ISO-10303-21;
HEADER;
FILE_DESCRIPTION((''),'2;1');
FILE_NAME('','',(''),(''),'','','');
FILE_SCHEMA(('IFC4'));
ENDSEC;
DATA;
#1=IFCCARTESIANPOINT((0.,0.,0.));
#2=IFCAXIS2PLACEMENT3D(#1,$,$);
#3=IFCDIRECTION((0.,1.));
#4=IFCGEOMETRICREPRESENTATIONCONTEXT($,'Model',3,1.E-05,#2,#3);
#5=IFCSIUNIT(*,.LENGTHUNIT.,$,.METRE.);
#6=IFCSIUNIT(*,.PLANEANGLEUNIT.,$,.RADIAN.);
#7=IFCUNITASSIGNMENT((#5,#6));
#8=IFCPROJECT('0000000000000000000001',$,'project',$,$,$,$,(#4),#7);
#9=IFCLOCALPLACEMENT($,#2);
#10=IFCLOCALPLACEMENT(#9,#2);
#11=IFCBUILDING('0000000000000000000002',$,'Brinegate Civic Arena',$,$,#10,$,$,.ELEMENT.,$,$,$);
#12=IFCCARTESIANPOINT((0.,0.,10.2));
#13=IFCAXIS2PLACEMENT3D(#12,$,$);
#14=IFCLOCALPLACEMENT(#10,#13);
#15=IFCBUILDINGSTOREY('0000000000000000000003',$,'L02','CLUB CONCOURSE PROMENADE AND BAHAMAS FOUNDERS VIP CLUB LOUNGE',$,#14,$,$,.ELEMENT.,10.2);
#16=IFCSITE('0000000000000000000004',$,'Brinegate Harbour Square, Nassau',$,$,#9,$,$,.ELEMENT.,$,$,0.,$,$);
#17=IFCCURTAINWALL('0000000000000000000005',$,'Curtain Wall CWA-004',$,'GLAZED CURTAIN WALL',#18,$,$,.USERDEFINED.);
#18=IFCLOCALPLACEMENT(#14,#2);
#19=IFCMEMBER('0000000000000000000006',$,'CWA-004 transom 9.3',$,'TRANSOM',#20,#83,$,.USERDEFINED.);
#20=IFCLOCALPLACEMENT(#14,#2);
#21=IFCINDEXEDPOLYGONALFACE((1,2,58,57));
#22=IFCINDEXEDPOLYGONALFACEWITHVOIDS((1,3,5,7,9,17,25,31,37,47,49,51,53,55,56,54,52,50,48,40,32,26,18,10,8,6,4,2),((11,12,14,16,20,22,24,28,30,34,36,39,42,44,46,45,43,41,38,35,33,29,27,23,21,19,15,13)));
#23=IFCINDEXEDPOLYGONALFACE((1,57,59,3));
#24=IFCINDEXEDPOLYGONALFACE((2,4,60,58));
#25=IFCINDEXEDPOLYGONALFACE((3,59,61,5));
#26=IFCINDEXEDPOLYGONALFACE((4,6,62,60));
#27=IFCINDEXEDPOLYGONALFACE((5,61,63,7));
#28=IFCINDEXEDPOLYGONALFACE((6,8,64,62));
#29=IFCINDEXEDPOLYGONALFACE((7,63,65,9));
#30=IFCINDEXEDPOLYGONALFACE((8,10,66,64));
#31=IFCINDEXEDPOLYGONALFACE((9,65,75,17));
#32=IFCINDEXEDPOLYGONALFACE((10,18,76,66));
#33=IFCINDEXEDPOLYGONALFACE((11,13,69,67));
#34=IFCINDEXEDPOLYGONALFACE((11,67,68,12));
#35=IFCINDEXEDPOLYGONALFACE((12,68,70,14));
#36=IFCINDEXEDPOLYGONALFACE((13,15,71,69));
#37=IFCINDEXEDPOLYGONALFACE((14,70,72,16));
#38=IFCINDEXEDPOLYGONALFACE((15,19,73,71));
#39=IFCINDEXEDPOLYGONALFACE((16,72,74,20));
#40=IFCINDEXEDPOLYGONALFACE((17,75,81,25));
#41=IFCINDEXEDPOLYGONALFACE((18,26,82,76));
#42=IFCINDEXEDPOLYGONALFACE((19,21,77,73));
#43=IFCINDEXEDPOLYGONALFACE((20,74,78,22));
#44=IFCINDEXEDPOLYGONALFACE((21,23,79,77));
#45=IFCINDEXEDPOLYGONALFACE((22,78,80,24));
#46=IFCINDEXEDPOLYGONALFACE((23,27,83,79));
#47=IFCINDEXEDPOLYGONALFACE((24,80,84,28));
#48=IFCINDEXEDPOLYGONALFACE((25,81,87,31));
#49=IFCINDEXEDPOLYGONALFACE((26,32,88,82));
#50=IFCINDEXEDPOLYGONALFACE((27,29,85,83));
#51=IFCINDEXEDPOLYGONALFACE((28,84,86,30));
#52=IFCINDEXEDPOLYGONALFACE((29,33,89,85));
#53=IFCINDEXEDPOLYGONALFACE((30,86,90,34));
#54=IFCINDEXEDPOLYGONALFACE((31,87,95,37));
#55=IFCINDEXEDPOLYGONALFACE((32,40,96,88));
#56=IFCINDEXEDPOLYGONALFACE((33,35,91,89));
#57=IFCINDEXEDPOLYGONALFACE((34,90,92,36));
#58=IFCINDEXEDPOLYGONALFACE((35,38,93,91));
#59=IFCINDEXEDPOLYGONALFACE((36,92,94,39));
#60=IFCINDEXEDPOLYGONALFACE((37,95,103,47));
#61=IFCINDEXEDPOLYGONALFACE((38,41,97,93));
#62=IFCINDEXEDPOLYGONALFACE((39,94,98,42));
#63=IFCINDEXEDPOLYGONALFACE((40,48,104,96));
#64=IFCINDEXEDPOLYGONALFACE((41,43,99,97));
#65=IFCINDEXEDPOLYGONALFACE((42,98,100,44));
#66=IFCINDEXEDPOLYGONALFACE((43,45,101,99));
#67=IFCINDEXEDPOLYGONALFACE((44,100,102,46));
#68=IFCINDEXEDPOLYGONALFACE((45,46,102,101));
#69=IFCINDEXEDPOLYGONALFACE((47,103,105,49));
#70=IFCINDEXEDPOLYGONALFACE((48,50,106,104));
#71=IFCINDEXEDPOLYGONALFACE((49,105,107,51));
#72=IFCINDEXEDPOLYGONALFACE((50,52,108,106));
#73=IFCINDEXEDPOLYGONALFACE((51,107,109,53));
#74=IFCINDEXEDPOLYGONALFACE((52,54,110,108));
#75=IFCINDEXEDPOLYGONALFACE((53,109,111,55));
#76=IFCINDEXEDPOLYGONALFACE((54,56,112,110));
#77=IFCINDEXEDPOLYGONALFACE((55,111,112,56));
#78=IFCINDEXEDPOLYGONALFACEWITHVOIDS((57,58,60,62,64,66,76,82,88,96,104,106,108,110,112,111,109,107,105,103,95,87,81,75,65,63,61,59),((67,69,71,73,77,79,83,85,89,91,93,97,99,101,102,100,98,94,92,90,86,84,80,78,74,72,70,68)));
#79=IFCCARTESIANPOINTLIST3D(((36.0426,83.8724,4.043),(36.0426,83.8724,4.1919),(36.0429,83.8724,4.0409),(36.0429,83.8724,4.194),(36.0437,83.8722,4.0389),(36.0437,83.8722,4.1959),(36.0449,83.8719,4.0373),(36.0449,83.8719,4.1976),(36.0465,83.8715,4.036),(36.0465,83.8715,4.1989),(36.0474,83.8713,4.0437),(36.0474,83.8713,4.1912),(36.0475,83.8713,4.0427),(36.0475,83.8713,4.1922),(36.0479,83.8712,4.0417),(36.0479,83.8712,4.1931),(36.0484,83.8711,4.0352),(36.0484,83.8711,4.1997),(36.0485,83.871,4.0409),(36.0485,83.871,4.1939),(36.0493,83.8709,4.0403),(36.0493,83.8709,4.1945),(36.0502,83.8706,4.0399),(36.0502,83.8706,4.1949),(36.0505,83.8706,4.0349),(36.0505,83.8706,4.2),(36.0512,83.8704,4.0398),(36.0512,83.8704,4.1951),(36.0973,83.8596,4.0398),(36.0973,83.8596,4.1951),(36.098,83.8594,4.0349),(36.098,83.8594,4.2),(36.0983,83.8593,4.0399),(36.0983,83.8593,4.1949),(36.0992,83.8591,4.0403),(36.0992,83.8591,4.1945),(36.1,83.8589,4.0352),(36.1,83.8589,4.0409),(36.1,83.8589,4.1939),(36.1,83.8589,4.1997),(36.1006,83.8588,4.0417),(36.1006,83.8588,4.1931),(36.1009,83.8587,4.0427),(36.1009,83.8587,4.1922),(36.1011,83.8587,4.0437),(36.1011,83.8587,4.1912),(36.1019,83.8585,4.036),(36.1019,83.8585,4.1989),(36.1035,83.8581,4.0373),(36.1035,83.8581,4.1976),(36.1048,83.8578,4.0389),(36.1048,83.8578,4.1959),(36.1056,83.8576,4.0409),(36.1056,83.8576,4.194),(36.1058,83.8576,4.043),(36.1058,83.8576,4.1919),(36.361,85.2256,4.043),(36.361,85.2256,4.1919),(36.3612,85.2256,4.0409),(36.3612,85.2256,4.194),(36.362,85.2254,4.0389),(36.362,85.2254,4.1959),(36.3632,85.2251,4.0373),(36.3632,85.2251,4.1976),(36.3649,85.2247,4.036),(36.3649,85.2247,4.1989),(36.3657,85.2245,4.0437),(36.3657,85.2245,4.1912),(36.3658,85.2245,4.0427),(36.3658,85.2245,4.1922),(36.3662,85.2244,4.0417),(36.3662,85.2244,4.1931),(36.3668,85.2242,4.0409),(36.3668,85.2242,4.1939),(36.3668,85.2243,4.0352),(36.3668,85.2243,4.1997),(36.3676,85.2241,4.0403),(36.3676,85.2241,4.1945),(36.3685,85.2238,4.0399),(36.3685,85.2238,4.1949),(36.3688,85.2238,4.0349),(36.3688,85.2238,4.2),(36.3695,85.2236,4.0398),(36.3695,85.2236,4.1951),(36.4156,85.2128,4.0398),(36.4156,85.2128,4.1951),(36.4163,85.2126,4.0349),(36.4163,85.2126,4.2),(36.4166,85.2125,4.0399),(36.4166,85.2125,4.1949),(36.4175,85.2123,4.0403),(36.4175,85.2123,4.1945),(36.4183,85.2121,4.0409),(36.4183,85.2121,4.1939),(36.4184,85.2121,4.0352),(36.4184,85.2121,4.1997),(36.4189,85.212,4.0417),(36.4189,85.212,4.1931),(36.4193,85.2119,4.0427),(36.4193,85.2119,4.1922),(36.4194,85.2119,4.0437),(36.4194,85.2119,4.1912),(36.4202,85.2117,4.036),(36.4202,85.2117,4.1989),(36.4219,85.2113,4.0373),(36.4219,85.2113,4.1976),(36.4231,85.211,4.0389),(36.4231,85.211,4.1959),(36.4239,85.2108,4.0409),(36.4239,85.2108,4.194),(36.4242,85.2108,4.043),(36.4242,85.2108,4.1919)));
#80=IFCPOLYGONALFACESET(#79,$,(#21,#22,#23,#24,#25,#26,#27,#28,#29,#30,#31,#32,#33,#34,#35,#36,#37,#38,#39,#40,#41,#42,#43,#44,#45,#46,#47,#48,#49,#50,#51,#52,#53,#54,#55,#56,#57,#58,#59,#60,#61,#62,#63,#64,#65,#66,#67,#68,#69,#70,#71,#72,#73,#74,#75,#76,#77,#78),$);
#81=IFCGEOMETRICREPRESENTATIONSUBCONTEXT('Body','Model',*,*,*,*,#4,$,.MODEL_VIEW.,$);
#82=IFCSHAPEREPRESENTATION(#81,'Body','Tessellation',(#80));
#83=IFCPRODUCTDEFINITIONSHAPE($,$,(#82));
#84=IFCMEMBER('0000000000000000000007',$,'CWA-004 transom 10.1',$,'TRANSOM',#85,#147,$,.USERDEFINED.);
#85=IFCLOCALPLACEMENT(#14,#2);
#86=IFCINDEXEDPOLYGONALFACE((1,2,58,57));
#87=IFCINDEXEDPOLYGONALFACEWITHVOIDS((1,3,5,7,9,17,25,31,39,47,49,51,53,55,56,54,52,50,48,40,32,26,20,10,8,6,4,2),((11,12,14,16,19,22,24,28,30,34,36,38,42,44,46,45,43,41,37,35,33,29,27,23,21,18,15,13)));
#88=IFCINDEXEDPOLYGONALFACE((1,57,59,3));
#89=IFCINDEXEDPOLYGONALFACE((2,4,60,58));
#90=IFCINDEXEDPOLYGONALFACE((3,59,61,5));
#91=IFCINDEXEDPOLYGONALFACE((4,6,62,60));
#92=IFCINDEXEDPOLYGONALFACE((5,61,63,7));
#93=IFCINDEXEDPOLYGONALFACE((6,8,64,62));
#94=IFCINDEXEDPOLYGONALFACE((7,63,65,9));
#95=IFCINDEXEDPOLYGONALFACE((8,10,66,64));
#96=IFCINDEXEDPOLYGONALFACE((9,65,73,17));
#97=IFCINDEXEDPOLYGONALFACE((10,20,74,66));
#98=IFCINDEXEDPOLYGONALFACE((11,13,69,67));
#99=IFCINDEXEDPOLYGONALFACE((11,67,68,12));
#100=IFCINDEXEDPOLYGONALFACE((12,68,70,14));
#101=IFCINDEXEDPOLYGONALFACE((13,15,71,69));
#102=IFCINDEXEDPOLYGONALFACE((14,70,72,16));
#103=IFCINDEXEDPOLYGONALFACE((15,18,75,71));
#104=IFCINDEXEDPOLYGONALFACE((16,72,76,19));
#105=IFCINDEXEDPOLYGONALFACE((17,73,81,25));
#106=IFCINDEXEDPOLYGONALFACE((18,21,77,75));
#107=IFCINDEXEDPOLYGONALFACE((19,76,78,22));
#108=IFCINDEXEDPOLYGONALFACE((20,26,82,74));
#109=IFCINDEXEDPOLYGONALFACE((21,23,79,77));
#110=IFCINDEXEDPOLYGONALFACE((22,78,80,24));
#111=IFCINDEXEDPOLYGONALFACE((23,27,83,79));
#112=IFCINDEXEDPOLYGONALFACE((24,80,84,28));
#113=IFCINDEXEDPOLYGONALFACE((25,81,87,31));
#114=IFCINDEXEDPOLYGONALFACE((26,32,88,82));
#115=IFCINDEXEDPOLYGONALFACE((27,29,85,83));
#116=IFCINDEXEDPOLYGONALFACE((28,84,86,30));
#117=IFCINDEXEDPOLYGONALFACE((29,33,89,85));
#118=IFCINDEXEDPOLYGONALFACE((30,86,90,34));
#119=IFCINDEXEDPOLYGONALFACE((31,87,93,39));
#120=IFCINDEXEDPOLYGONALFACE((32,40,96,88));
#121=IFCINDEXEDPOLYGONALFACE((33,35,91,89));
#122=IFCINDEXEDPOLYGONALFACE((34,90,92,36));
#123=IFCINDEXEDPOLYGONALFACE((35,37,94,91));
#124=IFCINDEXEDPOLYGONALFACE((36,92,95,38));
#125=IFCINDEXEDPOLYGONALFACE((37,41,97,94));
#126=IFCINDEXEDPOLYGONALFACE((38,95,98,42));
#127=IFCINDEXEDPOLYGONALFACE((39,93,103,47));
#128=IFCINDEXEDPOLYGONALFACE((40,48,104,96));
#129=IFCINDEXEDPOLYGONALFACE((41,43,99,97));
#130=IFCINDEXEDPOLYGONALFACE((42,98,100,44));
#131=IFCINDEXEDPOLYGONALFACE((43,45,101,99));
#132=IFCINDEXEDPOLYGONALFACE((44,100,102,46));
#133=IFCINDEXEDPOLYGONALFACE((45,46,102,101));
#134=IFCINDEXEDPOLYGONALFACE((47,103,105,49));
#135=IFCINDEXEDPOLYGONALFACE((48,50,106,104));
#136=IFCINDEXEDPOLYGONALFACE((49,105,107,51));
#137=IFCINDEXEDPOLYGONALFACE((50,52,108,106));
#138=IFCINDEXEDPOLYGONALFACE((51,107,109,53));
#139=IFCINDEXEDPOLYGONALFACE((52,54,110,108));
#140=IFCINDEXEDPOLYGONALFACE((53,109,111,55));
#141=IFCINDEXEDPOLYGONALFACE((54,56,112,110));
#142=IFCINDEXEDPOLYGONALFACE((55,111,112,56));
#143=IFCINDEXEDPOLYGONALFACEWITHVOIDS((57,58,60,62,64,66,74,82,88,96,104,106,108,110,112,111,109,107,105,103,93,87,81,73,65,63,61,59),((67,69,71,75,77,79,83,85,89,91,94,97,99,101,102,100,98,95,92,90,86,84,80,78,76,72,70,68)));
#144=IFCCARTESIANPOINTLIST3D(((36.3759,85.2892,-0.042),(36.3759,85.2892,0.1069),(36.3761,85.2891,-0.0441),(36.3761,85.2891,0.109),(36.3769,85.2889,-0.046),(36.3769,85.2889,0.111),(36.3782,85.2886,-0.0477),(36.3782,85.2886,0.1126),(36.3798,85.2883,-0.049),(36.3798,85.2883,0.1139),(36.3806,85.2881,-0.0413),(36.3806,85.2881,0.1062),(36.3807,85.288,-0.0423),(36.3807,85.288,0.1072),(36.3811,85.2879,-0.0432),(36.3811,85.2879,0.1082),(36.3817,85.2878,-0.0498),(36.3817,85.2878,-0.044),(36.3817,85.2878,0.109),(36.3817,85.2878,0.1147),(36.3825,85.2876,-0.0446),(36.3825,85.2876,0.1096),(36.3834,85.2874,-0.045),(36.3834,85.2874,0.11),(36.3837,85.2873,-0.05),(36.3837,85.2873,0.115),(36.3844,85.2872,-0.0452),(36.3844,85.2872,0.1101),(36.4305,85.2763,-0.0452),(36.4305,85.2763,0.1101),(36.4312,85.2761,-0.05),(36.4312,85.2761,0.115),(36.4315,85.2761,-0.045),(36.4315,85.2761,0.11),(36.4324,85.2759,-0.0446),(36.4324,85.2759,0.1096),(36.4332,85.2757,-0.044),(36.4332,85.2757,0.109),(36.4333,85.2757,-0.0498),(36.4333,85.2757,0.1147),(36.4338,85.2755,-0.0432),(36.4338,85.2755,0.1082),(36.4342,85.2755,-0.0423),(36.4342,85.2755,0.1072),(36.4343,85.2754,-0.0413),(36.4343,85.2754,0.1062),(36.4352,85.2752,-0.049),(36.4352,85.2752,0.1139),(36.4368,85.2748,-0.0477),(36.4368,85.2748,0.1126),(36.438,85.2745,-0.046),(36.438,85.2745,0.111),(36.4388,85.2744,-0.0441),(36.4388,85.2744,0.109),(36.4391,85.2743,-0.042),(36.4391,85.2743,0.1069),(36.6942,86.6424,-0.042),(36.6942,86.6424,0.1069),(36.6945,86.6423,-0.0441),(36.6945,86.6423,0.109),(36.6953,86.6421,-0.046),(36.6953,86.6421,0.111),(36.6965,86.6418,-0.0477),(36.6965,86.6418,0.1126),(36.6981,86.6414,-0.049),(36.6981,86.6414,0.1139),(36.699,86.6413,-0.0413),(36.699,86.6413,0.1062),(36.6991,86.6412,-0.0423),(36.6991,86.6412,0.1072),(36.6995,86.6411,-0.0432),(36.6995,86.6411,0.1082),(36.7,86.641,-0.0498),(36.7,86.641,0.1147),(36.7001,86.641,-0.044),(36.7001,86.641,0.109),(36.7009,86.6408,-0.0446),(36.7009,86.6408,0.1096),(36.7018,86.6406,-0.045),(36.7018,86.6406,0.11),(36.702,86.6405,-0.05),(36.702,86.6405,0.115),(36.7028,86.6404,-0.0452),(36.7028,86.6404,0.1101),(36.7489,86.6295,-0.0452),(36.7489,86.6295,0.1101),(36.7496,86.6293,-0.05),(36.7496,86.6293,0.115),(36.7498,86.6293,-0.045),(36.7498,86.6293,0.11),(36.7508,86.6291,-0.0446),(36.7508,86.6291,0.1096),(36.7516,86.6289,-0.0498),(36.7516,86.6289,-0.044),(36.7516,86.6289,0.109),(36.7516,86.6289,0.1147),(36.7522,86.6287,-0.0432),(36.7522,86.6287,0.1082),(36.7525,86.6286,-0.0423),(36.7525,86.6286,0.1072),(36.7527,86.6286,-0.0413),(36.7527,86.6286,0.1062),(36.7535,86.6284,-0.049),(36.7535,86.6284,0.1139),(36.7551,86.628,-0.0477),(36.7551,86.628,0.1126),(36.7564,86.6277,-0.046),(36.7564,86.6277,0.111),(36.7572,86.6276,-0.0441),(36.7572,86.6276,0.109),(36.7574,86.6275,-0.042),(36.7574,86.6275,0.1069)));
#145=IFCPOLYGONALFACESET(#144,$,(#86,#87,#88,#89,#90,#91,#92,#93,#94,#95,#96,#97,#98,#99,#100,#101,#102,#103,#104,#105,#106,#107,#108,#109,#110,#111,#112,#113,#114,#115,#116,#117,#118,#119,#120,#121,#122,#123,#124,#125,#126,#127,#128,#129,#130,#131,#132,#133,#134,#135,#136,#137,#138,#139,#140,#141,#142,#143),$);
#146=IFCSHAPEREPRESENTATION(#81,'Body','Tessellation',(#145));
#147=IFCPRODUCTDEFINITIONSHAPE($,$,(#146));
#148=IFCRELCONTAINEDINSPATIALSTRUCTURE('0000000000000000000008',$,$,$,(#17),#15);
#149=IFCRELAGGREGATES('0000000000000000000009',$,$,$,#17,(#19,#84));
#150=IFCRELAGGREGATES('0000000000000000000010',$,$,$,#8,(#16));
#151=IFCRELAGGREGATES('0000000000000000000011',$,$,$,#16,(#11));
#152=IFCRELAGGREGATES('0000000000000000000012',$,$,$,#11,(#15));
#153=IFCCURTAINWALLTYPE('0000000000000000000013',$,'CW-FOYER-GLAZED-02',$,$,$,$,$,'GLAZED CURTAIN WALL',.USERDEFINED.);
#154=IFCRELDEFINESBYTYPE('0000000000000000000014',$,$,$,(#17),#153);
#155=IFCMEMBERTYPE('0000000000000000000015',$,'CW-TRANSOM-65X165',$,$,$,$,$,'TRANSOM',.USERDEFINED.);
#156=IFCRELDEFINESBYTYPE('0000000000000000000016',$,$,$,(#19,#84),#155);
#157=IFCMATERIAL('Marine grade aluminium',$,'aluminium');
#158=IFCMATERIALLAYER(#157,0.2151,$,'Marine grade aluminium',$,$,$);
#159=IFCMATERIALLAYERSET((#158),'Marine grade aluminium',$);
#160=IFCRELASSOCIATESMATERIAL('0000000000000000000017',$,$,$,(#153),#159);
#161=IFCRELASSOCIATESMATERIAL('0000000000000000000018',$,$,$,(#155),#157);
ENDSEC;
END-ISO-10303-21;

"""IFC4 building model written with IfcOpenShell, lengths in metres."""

from ifc_helpers import new_model, si_unit, direction, frame, origin, origin_2d, place, context, subcontext, project, spatial, hollow_rectangle, extrude, material, layer, layer_set, material_profile, profile_set, type_object, element, aggregate, save


model = new_model("IFC4")

# Units and contexts
model_context = context("Model", 3, precision=1e-05, world=origin(), true_north=direction((0.0, 1.0)))
body_context = subcontext(model_context, "Body", "Model", "MODEL_VIEW")
ifc_project = project(units=[si_unit("LENGTHUNIT", "METRE"), si_unit("PLANEANGLEUNIT", "RADIAN")], contexts=[model_context])

# Site, building, storey
site_placement = place(None, origin())
site = spatial("IfcSite", under=ifc_project, at=site_placement, Name="Brinegate Harbour Square, Nassau", CompositionType="ELEMENT", RefElevation=0.0)
building_placement = place(site_placement, origin())
building = spatial("IfcBuilding", under=site, at=building_placement, Name="Brinegate Civic Arena", CompositionType="ELEMENT")
storey_placement = place(building_placement, frame((0.0, 0.0, 10.2)))
storey = spatial("IfcBuildingStorey", under=building, at=storey_placement, Name="L02", Description="CLUB CONCOURSE PROMENADE AND BAHAMAS FOUNDERS VIP CLUB LOUNGE", CompositionType="ELEMENT", Elevation=10.2)

# Curtain wall
ifc_material_1 = material(Name="Marine grade aluminium", Category="aluminium")
ifc_layer_1 = layer(ifc_material_1, 0.2151, Name="Marine grade aluminium")
ifc_layer_set_1 = layer_set([ifc_layer_1], Name="Marine grade aluminium")
curtain_wall_type_1 = type_object("IfcCurtainWallType", Name="CW-FOYER-GLAZED-02", ElementType="GLAZED CURTAIN WALL", PredefinedType="USERDEFINED", material=ifc_layer_set_1)
curtain_wall_1_placement = place(storey_placement, origin())
curtain_wall_1 = element("IfcCurtainWall", 1, at=curtain_wall_1_placement, inside=storey, type_object=curtain_wall_type_1, Name="Curtain Wall CWA-004", ObjectType="GLAZED CURTAIN WALL", PredefinedType="USERDEFINED")

# Members
ifc_material_profile_1 = material_profile(ifc_material_1, hollow_rectangle(XDim=0.0649, YDim=0.165, WallThickness=0.0049, InnerFilletRadius=0.0039, OuterFilletRadius=0.0081, at=origin_2d()), Name="TRN65X165")
ifc_profile_set_1 = profile_set([ifc_material_profile_1], Name="Marine grade aluminium")
member_type_1 = type_object("IfcMemberType", Name="CW-TRANSOM-65X165", ElementType="TRANSOM", PredefinedType="USERDEFINED", material=ifc_profile_set_1)
member_1_placement = place(storey_placement, frame((36.0742, 83.865, 4.1174), z_axis=(0.229, 0.973426, 0.0), x_axis=(-0.973426, 0.229, 0.0)))
member_1 = element("IfcMember", 2, at=member_1_placement, type_object=member_type_1, Name="CWA-004 transom 9.3", ObjectType="TRANSOM", PredefinedType="USERDEFINED", context=body_context, shape_type="SweptSolid", body=[
    extrude(hollow_rectangle(XDim=0.0649, YDim=0.165, WallThickness=0.0049, InnerFilletRadius=0.0039, OuterFilletRadius=0.0081, at=origin_2d()), origin(), (0.0, 0.0, 1.0), 1.3901),
])
member_2_placement = place(storey_placement, frame((36.4075, 85.2817, 0.0325), z_axis=(0.229, 0.973426, 0.0), x_axis=(-0.973426, 0.229, 0.0)))
member_2 = element("IfcMember", 3, at=member_2_placement, type_object=member_type_1, Name="CWA-004 transom 10.1", ObjectType="TRANSOM", PredefinedType="USERDEFINED", context=body_context, shape_type="SweptSolid", body=[
    extrude(hollow_rectangle(XDim=0.0649, YDim=0.165, WallThickness=0.0049, InnerFilletRadius=0.0039, OuterFilletRadius=0.0081, at=origin_2d()), origin(), (0.0, 0.0, 1.0), 1.3901),
])

aggregate(curtain_wall_1, [member_1, member_2])

save(model, "model.ifc")
